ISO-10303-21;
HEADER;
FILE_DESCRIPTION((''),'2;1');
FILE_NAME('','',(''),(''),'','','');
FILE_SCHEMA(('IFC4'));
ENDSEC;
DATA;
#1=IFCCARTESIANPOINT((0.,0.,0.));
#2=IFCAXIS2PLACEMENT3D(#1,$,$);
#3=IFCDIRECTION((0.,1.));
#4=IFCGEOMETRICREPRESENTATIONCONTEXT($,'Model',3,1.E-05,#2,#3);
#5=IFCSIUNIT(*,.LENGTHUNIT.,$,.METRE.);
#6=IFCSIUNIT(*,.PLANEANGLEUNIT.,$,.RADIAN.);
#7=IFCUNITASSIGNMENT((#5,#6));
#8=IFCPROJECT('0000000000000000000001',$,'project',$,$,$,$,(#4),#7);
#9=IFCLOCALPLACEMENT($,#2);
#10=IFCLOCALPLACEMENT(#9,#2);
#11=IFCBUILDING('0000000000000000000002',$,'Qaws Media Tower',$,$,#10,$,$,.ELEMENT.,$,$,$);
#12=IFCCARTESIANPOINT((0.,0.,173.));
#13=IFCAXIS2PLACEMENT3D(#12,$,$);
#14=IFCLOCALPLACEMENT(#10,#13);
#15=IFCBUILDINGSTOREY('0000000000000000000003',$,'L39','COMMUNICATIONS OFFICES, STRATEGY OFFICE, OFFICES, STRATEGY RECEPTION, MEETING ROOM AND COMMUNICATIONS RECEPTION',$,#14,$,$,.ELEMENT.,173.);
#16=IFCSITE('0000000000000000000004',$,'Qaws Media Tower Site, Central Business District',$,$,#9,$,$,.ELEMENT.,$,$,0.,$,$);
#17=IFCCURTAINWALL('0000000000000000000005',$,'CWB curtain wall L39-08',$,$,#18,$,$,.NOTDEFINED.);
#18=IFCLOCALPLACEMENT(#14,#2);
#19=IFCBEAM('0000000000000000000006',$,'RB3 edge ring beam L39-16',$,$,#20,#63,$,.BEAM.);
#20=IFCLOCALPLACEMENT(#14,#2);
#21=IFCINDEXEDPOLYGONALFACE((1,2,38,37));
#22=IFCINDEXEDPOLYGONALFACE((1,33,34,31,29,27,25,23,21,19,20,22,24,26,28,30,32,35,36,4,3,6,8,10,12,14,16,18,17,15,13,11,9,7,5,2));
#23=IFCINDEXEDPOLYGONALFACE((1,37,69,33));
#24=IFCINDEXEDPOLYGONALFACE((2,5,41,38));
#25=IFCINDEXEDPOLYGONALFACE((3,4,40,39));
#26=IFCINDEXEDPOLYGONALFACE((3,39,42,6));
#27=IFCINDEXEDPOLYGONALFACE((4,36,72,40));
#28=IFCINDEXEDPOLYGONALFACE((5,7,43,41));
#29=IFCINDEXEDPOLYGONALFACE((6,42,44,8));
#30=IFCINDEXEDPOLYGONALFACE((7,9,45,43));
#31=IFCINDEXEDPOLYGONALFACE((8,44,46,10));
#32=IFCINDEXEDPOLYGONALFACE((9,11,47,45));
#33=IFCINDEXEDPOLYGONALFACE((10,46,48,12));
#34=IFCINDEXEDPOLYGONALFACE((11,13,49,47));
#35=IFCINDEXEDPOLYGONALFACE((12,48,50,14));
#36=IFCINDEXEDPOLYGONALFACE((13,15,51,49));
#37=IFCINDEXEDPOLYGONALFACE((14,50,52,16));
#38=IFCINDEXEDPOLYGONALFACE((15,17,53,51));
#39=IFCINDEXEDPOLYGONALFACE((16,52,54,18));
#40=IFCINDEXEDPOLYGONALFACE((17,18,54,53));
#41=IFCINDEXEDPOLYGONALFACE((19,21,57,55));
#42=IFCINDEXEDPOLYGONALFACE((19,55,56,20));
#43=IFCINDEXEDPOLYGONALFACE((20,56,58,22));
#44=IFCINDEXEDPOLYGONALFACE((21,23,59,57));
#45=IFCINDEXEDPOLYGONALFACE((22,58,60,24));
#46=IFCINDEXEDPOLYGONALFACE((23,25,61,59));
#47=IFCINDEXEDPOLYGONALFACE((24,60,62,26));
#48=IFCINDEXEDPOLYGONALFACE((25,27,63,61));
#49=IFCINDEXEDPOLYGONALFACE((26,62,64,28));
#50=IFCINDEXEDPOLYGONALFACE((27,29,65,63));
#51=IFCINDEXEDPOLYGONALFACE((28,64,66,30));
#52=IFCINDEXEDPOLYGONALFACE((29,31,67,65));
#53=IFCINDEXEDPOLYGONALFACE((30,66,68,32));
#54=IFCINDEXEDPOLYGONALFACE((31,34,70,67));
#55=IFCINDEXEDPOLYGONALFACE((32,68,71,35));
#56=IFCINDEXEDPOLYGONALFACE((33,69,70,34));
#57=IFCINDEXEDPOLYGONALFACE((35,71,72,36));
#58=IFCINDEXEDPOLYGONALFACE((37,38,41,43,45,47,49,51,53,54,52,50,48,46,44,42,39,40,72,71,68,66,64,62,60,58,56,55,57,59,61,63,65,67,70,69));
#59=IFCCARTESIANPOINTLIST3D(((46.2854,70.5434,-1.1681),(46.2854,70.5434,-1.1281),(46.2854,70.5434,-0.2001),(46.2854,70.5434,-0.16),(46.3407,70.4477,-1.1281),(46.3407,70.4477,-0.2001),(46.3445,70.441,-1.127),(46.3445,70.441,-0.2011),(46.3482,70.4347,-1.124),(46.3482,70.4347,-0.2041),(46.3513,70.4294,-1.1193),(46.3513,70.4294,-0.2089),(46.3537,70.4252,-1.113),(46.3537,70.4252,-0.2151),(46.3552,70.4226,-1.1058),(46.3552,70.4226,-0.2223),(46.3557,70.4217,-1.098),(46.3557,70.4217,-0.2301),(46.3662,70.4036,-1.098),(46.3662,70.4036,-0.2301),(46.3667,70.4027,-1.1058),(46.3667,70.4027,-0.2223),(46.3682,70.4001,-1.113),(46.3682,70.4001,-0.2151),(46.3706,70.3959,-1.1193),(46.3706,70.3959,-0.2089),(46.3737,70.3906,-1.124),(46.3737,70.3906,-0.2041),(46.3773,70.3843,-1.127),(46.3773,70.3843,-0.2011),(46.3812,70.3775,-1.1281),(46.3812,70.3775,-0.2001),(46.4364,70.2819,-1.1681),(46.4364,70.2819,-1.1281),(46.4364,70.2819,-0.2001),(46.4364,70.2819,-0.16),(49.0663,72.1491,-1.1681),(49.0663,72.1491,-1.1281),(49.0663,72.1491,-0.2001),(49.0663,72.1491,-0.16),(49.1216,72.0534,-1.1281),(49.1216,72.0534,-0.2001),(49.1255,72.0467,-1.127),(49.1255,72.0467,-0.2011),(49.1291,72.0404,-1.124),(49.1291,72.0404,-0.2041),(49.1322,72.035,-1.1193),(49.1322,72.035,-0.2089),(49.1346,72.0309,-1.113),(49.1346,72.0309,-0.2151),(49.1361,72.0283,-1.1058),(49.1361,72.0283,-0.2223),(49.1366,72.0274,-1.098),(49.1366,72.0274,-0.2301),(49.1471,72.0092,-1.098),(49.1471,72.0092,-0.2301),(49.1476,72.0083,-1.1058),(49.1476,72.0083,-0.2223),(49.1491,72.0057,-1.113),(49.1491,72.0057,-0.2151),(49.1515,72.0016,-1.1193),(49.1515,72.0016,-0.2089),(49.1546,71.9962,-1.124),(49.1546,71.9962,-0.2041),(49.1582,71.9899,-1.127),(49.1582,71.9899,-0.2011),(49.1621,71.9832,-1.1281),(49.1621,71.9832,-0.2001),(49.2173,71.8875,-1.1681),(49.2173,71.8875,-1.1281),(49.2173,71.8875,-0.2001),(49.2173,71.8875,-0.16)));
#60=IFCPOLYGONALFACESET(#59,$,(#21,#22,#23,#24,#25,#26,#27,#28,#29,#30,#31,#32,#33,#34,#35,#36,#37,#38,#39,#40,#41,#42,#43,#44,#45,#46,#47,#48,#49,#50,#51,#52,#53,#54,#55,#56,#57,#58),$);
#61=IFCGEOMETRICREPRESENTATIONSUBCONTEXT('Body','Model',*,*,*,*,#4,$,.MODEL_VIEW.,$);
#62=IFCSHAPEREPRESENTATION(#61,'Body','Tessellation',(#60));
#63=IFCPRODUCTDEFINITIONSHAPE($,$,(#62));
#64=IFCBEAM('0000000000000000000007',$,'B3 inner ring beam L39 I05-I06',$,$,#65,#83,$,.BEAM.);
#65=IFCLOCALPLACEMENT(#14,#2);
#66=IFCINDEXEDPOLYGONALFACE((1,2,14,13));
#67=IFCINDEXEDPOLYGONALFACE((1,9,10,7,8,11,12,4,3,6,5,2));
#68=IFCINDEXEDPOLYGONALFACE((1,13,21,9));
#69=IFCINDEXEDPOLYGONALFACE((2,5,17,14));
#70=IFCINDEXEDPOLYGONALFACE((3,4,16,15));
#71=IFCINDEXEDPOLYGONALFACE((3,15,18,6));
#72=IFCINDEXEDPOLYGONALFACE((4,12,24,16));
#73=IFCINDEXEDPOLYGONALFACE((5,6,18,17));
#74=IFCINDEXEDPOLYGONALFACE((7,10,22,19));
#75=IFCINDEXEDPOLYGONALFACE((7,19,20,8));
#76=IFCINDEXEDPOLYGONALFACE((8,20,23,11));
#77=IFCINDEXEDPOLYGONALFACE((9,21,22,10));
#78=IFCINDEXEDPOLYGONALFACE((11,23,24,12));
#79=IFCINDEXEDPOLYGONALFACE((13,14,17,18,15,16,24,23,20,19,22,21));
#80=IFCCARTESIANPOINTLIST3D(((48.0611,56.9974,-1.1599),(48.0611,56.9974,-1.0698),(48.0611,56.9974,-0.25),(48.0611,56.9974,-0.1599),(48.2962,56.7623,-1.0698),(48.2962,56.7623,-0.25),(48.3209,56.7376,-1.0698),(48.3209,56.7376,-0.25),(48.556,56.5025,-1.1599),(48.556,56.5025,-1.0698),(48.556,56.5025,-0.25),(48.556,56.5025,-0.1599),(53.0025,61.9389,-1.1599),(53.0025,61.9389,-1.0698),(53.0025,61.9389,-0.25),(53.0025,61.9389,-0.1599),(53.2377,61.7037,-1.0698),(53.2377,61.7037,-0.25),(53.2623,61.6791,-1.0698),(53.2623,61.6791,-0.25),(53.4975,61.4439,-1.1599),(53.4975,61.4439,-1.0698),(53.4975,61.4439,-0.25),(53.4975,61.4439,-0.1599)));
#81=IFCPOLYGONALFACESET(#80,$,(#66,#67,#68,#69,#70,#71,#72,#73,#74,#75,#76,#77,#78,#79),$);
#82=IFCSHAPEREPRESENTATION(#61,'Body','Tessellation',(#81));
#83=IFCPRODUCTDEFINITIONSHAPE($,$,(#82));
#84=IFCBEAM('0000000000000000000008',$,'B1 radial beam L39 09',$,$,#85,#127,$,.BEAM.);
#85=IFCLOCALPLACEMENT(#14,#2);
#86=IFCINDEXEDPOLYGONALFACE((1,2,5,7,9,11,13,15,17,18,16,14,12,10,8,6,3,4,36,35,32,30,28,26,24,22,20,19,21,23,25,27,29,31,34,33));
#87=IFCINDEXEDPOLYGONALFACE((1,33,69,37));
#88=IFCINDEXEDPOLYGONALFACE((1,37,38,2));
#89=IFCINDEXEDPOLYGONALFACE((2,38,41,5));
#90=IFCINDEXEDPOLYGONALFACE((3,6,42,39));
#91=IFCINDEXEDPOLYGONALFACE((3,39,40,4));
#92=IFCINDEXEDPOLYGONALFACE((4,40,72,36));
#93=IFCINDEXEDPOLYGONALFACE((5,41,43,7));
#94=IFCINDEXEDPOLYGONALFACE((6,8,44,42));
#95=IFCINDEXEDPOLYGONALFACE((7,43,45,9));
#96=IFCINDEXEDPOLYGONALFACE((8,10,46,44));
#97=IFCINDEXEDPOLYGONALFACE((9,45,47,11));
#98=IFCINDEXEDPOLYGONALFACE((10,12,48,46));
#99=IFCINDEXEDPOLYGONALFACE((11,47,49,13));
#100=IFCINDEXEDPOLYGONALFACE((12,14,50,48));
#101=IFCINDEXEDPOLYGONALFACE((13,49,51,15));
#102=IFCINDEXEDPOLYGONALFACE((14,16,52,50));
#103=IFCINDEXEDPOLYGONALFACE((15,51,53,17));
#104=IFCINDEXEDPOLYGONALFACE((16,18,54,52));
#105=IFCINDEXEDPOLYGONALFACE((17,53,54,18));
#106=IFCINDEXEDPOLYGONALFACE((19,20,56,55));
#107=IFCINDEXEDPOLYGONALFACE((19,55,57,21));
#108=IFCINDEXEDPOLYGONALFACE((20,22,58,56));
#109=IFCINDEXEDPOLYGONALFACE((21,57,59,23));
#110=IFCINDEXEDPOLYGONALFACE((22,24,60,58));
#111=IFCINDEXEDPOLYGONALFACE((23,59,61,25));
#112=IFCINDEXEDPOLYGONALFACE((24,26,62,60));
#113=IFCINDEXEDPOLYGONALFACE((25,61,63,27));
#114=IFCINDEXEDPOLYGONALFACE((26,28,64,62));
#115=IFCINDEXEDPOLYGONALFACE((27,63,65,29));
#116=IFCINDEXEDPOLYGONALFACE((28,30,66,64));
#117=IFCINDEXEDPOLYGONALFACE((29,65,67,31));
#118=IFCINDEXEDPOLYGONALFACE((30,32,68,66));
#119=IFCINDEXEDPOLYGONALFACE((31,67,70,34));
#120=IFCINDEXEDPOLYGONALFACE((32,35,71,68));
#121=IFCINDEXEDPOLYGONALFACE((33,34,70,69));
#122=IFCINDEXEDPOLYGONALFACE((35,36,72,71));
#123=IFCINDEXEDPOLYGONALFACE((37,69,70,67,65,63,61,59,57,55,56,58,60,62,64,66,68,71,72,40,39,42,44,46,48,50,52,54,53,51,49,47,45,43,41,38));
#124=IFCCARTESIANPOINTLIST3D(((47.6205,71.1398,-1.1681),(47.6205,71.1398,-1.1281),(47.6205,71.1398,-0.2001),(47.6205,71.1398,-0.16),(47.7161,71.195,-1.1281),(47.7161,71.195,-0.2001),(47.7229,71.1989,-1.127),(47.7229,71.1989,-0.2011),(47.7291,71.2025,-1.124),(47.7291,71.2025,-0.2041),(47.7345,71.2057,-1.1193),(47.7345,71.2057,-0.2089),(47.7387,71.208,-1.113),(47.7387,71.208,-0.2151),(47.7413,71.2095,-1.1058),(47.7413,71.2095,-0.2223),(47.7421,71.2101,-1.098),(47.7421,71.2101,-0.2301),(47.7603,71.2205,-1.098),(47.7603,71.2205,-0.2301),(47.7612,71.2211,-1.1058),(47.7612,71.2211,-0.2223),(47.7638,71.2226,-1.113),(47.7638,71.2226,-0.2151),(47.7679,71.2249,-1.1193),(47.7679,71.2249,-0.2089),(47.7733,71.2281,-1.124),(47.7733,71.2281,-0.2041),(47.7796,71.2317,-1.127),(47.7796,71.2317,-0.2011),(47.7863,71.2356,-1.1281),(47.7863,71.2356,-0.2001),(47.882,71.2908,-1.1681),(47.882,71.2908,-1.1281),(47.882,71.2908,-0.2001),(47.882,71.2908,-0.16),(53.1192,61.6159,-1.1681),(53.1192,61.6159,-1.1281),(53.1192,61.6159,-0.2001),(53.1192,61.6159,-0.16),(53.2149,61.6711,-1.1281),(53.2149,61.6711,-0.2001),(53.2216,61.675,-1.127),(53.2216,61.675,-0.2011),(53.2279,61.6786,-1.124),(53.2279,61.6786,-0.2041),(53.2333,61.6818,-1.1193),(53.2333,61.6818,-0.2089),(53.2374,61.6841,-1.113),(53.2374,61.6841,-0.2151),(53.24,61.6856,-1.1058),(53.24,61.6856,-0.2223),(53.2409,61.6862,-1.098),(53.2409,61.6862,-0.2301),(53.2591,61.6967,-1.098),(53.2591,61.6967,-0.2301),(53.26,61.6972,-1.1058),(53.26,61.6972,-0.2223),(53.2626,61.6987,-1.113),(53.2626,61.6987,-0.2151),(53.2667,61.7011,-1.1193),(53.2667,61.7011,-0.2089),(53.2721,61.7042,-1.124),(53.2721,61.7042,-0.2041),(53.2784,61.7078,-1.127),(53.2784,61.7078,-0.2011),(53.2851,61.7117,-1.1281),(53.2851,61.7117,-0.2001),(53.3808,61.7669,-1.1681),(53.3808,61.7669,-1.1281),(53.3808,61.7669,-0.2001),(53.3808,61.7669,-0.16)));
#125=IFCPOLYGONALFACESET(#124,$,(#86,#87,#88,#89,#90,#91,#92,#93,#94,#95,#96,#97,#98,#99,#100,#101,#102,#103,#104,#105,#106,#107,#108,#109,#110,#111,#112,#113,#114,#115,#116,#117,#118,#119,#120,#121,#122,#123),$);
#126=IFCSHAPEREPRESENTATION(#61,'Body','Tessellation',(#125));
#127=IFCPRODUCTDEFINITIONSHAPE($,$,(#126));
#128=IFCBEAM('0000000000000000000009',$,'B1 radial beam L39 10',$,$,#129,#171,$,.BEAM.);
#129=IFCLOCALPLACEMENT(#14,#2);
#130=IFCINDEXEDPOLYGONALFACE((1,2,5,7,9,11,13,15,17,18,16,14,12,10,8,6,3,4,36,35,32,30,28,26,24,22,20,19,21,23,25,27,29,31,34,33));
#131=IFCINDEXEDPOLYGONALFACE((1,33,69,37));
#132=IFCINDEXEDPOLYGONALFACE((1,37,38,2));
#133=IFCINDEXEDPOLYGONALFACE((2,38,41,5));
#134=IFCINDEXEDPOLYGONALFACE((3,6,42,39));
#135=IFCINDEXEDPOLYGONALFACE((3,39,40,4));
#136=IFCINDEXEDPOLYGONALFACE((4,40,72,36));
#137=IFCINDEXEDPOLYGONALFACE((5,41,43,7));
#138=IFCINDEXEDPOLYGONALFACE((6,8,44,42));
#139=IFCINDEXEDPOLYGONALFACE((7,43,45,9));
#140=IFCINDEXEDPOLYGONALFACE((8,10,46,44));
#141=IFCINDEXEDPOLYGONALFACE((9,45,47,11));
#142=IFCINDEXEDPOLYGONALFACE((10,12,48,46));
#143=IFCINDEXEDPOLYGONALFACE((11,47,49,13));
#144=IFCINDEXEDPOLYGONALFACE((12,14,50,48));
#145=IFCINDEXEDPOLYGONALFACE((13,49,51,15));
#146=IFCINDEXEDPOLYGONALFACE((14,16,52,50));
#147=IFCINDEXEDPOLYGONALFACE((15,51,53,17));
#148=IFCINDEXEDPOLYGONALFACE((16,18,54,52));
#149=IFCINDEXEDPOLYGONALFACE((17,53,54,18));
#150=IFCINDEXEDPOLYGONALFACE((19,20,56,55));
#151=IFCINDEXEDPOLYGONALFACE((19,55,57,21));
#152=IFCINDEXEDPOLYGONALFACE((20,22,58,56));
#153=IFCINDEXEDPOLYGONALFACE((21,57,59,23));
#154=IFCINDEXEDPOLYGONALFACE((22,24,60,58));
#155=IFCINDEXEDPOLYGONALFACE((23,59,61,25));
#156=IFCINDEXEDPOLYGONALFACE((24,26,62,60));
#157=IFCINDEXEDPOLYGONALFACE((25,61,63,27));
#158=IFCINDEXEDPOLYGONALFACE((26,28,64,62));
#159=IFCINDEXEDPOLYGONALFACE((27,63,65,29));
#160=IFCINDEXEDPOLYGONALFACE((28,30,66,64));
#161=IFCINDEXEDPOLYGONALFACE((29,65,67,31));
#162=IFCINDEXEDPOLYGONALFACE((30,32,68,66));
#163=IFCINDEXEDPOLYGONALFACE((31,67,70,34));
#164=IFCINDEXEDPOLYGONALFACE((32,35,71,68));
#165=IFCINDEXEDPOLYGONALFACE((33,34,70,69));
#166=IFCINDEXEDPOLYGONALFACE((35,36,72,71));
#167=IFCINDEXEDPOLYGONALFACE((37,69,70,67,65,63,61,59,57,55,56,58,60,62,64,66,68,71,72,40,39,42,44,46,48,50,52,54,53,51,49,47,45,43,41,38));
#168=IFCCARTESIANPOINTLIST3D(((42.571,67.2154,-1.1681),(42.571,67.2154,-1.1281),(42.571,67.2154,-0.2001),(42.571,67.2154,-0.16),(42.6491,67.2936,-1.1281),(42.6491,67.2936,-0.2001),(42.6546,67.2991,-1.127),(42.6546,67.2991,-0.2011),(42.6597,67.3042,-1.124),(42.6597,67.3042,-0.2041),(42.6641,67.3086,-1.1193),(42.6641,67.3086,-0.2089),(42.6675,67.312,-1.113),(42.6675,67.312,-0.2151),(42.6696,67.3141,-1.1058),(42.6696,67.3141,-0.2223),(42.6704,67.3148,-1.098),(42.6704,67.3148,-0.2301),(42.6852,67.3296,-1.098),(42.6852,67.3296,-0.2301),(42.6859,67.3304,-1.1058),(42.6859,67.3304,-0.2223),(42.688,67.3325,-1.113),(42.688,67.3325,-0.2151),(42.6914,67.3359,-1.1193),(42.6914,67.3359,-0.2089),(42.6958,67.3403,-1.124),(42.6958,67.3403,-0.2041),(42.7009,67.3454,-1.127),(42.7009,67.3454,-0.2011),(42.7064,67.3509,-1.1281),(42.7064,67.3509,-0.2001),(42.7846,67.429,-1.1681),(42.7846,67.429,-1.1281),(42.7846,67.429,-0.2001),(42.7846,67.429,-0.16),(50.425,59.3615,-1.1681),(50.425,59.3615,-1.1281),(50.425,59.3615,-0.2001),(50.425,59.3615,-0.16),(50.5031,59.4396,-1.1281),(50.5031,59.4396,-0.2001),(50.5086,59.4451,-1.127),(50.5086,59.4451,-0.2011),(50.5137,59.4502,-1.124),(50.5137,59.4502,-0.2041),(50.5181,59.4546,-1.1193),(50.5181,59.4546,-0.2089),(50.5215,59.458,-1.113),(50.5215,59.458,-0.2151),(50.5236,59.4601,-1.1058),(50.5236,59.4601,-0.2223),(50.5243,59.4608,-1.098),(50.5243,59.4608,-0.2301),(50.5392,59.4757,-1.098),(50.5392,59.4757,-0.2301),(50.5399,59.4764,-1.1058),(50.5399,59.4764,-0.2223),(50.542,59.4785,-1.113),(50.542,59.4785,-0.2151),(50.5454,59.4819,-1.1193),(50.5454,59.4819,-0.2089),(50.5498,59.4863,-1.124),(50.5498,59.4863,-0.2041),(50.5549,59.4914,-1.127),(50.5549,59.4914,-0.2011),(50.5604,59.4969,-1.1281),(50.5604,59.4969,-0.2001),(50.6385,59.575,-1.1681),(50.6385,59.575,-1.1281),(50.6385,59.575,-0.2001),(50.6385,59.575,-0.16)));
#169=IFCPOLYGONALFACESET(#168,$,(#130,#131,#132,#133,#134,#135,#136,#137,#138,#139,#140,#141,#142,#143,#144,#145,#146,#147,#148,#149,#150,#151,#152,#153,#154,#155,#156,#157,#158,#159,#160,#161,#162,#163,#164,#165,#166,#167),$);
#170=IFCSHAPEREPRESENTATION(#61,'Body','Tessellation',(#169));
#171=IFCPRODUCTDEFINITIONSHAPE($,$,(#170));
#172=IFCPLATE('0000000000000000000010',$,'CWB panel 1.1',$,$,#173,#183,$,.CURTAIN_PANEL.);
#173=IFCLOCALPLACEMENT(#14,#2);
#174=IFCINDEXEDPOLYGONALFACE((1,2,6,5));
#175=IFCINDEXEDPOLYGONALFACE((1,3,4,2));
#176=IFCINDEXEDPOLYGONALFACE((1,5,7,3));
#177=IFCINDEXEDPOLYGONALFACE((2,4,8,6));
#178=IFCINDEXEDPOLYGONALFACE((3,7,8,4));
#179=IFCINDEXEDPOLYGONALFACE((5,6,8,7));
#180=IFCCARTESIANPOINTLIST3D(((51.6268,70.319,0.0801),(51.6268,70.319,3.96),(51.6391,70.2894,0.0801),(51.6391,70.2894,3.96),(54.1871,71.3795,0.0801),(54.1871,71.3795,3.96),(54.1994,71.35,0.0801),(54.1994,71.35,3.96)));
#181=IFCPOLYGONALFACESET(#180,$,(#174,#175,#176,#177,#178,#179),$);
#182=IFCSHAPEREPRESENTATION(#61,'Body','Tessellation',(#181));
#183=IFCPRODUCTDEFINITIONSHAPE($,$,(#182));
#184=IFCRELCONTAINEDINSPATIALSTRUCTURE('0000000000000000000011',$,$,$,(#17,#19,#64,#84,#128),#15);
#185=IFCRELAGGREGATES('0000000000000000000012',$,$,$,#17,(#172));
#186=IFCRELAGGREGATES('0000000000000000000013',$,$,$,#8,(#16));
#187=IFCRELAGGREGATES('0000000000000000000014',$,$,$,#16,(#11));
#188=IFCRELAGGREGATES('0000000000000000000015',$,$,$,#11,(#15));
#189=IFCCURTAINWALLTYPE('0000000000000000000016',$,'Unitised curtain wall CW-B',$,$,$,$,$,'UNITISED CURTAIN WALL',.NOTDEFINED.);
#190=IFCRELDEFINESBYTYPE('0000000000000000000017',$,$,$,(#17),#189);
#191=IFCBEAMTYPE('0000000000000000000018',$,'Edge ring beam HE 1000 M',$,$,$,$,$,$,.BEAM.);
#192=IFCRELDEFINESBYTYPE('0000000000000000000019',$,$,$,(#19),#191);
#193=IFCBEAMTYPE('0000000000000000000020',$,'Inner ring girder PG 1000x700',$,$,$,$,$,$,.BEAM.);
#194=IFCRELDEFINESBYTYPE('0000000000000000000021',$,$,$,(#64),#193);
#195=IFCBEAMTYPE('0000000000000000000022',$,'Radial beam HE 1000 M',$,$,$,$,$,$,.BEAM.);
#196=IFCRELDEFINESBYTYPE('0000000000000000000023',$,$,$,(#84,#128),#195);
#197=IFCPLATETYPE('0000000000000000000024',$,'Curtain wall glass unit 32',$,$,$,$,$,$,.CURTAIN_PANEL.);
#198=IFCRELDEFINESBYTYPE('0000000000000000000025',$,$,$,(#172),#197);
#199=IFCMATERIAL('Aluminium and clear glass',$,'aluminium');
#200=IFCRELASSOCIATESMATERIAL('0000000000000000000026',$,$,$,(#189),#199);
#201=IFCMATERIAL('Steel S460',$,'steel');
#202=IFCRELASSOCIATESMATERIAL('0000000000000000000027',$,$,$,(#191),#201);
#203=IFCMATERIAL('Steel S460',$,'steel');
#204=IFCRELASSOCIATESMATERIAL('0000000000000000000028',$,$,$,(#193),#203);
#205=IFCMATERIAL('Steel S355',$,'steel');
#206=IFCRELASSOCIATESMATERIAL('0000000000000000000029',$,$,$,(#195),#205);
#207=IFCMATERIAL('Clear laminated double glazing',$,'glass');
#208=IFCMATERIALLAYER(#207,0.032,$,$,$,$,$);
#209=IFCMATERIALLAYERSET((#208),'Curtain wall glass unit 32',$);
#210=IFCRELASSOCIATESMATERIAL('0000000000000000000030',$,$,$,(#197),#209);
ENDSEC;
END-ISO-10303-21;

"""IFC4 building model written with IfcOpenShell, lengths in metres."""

from ifc_helpers import new_model, si_unit, direction, frame, origin, origin_2d, place, context, subcontext, project, spatial, rectangle, i_section, extrude, material, layer, layer_set, material_profile, profile_set, type_object, element, aggregate, save


model = new_model("IFC4")

# Units and contexts
model_context = context("Model", 3, precision=1e-05, world=origin(), true_north=direction((0.0, 1.0)))
body_context = subcontext(model_context, "Body", "Model", "MODEL_VIEW")
ifc_project = project(units=[si_unit("LENGTHUNIT", "METRE"), si_unit("PLANEANGLEUNIT", "RADIAN")], contexts=[model_context])

# Site, building, storey
site_placement = place(None, origin())
site = spatial("IfcSite", under=ifc_project, at=site_placement, Name="Qaws Media Tower Site, Central Business District", CompositionType="ELEMENT", RefElevation=0.0)
building_placement = place(site_placement, origin())
building = spatial("IfcBuilding", under=site, at=building_placement, Name="Qaws Media Tower", CompositionType="ELEMENT")
storey_placement = place(building_placement, frame((0.0, 0.0, 173.0)))
storey = spatial("IfcBuildingStorey", under=building, at=storey_placement, Name="L39", Description="COMMUNICATIONS OFFICES, STRATEGY OFFICE, OFFICES, STRATEGY RECEPTION, MEETING ROOM AND COMMUNICATIONS RECEPTION", CompositionType="ELEMENT", Elevation=173.0)

# Curtain wall
ifc_material_1 = material(Name="Aluminium and clear glass", Category="aluminium")
curtain_wall_type = type_object("IfcCurtainWallType", Name="Unitised curtain wall CW-B", ElementType="UNITISED CURTAIN WALL", PredefinedType="NOTDEFINED", material=ifc_material_1)
curtain_wall_1_placement = place(storey_placement, origin())
curtain_wall_1 = element("IfcCurtainWall", 1, at=curtain_wall_1_placement, inside=storey, type_object=curtain_wall_type, Name="CWB curtain wall L39-08", PredefinedType="NOTDEFINED")

# Beams
ifc_material_2 = material(Name="Steel S460", Category="steel")
ifc_material_profile_1 = material_profile(ifc_material_2, i_section(OverallWidth=0.302, OverallDepth=1.0081, WebThickness=0.021, FlangeThickness=0.04, FilletRadius=0.03, at=origin_2d()), Name="HE 1000 M")
ifc_profile_set_1 = profile_set([ifc_material_profile_1], Name="Steel S460")
beam_type_1 = type_object("IfcBeamType", Name="Edge ring beam HE 1000 M", PredefinedType="BEAM", material=ifc_profile_set_1)
for number, where, z_axis, x_axis, name in (
    (2, (49.1418, 72.0183, -0.6641), (-0.866012, -0.500023, 0.0), (0.500023, -0.866012, 0.0), "RB3 edge ring beam L39-16"),
):
    element("IfcBeam", number, at=place(storey_placement, frame(where, z_axis=z_axis, x_axis=x_axis)), inside=storey, type_object=beam_type_1, Name=name, PredefinedType="BEAM", context=body_context, shape_type="SweptSolid", body=[
        extrude(i_section(OverallWidth=0.302, OverallDepth=1.0081, WebThickness=0.021, FlangeThickness=0.04, FilletRadius=0.03, at=origin_2d()), origin(), (0.0, 0.0, 1.0), 3.2112),
    ])
ifc_material_3 = material(Name="Steel S460", Category="steel")
ifc_material_profile_2 = material_profile(ifc_material_3, i_section(OverallWidth=0.7, OverallDepth=1.0, WebThickness=0.0349, FlangeThickness=0.0901, at=origin_2d()), Name="PG 1000x700")
ifc_profile_set_2 = profile_set([ifc_material_profile_2], Name="Steel S460")
beam_type_2 = type_object("IfcBeamType", Name="Inner ring girder PG 1000x700", PredefinedType="BEAM", material=ifc_profile_set_2)
beam_1_placement = place(storey_placement, frame((53.25, 61.6914, -0.6599), z_axis=(-0.707107, -0.707107, 0.0), x_axis=(0.707107, -0.707107, 0.0)))
element("IfcBeam", 3, at=beam_1_placement, inside=storey, type_object=beam_type_2, Name="B3 inner ring beam L39 I05-I06", PredefinedType="BEAM", context=body_context, shape_type="SweptSolid", body=[
    extrude(i_section(OverallWidth=0.7, OverallDepth=1.0, WebThickness=0.0349, FlangeThickness=0.0901, at=origin_2d()), origin(), (0.0, 0.0, 1.0), 6.9883),
])
ifc_material_4 = material(Name="Steel S355", Category="steel")
ifc_material_profile_3 = material_profile(ifc_material_4, i_section(OverallWidth=0.302, OverallDepth=1.0081, WebThickness=0.021, FlangeThickness=0.04, FilletRadius=0.03, at=origin_2d()), Name="HE 1000 M")
ifc_profile_set_3 = profile_set([ifc_material_profile_3], Name="Steel S355")
beam_type_3 = type_object("IfcBeamType", Name="Radial beam HE 1000 M", PredefinedType="BEAM", material=ifc_profile_set_3)
beam_2_placement = place(storey_placement, frame((53.25, 61.6914, -0.6641), z_axis=(-0.500009, 0.86602, 0.0), x_axis=(-0.86602, -0.500009, 0.0)))
element("IfcBeam", 4, at=beam_2_placement, inside=storey, type_object=beam_type_3, Name="B1 radial beam L39 09", PredefinedType="BEAM", context=body_context, shape_type="SweptSolid", body=[
    extrude(i_section(OverallWidth=0.302, OverallDepth=1.0081, WebThickness=0.021, FlangeThickness=0.04, FilletRadius=0.03, at=origin_2d()), origin(), (0.0, 0.0, 1.0), 10.9973),
])
beam_3_placement = place(storey_placement, frame((50.5317, 59.4683, -0.6641), z_axis=(-0.707107, 0.707107, 0.0), x_axis=(-0.707107, -0.707107, 0.0)))
element("IfcBeam", 5, at=beam_3_placement, inside=storey, type_object=beam_type_3, Name="B1 radial beam L39 10", PredefinedType="BEAM", context=body_context, shape_type="SweptSolid", body=[
    extrude(i_section(OverallWidth=0.302, OverallDepth=1.0081, WebThickness=0.021, FlangeThickness=0.04, FilletRadius=0.03, at=origin_2d()), origin(), (0.0, 0.0, 1.0), 11.1072),
])

# Plate
ifc_material_5 = material(Name="Clear laminated double glazing", Category="glass")
ifc_layer_1 = layer(ifc_material_5, 0.032)
ifc_layer_set_1 = layer_set([ifc_layer_1], Name="Curtain wall glass unit 32")
plate_type = type_object("IfcPlateType", Name="Curtain wall glass unit 32", PredefinedType="CURTAIN_PANEL", material=ifc_layer_set_1)
plate_1_placement = place(storey_placement, frame((52.9131, 70.8345, 0.0801), z_axis=(0.0, 0.0, 1.0), x_axis=(-0.92388, -0.382683, 0.0)))
plate_1 = element("IfcPlate", 6, at=plate_1_placement, type_object=plate_type, Name="CWB panel 1.1", PredefinedType="CURTAIN_PANEL", context=body_context, shape_type="SweptSolid", body=[
    extrude(rectangle(XDim=2.7712, YDim=0.032, at=origin_2d()), origin(), (0.0, 0.0, 1.0), 3.8799),
])
aggregate(curtain_wall_1, [plate_1])

save(model, "model.ifc")
